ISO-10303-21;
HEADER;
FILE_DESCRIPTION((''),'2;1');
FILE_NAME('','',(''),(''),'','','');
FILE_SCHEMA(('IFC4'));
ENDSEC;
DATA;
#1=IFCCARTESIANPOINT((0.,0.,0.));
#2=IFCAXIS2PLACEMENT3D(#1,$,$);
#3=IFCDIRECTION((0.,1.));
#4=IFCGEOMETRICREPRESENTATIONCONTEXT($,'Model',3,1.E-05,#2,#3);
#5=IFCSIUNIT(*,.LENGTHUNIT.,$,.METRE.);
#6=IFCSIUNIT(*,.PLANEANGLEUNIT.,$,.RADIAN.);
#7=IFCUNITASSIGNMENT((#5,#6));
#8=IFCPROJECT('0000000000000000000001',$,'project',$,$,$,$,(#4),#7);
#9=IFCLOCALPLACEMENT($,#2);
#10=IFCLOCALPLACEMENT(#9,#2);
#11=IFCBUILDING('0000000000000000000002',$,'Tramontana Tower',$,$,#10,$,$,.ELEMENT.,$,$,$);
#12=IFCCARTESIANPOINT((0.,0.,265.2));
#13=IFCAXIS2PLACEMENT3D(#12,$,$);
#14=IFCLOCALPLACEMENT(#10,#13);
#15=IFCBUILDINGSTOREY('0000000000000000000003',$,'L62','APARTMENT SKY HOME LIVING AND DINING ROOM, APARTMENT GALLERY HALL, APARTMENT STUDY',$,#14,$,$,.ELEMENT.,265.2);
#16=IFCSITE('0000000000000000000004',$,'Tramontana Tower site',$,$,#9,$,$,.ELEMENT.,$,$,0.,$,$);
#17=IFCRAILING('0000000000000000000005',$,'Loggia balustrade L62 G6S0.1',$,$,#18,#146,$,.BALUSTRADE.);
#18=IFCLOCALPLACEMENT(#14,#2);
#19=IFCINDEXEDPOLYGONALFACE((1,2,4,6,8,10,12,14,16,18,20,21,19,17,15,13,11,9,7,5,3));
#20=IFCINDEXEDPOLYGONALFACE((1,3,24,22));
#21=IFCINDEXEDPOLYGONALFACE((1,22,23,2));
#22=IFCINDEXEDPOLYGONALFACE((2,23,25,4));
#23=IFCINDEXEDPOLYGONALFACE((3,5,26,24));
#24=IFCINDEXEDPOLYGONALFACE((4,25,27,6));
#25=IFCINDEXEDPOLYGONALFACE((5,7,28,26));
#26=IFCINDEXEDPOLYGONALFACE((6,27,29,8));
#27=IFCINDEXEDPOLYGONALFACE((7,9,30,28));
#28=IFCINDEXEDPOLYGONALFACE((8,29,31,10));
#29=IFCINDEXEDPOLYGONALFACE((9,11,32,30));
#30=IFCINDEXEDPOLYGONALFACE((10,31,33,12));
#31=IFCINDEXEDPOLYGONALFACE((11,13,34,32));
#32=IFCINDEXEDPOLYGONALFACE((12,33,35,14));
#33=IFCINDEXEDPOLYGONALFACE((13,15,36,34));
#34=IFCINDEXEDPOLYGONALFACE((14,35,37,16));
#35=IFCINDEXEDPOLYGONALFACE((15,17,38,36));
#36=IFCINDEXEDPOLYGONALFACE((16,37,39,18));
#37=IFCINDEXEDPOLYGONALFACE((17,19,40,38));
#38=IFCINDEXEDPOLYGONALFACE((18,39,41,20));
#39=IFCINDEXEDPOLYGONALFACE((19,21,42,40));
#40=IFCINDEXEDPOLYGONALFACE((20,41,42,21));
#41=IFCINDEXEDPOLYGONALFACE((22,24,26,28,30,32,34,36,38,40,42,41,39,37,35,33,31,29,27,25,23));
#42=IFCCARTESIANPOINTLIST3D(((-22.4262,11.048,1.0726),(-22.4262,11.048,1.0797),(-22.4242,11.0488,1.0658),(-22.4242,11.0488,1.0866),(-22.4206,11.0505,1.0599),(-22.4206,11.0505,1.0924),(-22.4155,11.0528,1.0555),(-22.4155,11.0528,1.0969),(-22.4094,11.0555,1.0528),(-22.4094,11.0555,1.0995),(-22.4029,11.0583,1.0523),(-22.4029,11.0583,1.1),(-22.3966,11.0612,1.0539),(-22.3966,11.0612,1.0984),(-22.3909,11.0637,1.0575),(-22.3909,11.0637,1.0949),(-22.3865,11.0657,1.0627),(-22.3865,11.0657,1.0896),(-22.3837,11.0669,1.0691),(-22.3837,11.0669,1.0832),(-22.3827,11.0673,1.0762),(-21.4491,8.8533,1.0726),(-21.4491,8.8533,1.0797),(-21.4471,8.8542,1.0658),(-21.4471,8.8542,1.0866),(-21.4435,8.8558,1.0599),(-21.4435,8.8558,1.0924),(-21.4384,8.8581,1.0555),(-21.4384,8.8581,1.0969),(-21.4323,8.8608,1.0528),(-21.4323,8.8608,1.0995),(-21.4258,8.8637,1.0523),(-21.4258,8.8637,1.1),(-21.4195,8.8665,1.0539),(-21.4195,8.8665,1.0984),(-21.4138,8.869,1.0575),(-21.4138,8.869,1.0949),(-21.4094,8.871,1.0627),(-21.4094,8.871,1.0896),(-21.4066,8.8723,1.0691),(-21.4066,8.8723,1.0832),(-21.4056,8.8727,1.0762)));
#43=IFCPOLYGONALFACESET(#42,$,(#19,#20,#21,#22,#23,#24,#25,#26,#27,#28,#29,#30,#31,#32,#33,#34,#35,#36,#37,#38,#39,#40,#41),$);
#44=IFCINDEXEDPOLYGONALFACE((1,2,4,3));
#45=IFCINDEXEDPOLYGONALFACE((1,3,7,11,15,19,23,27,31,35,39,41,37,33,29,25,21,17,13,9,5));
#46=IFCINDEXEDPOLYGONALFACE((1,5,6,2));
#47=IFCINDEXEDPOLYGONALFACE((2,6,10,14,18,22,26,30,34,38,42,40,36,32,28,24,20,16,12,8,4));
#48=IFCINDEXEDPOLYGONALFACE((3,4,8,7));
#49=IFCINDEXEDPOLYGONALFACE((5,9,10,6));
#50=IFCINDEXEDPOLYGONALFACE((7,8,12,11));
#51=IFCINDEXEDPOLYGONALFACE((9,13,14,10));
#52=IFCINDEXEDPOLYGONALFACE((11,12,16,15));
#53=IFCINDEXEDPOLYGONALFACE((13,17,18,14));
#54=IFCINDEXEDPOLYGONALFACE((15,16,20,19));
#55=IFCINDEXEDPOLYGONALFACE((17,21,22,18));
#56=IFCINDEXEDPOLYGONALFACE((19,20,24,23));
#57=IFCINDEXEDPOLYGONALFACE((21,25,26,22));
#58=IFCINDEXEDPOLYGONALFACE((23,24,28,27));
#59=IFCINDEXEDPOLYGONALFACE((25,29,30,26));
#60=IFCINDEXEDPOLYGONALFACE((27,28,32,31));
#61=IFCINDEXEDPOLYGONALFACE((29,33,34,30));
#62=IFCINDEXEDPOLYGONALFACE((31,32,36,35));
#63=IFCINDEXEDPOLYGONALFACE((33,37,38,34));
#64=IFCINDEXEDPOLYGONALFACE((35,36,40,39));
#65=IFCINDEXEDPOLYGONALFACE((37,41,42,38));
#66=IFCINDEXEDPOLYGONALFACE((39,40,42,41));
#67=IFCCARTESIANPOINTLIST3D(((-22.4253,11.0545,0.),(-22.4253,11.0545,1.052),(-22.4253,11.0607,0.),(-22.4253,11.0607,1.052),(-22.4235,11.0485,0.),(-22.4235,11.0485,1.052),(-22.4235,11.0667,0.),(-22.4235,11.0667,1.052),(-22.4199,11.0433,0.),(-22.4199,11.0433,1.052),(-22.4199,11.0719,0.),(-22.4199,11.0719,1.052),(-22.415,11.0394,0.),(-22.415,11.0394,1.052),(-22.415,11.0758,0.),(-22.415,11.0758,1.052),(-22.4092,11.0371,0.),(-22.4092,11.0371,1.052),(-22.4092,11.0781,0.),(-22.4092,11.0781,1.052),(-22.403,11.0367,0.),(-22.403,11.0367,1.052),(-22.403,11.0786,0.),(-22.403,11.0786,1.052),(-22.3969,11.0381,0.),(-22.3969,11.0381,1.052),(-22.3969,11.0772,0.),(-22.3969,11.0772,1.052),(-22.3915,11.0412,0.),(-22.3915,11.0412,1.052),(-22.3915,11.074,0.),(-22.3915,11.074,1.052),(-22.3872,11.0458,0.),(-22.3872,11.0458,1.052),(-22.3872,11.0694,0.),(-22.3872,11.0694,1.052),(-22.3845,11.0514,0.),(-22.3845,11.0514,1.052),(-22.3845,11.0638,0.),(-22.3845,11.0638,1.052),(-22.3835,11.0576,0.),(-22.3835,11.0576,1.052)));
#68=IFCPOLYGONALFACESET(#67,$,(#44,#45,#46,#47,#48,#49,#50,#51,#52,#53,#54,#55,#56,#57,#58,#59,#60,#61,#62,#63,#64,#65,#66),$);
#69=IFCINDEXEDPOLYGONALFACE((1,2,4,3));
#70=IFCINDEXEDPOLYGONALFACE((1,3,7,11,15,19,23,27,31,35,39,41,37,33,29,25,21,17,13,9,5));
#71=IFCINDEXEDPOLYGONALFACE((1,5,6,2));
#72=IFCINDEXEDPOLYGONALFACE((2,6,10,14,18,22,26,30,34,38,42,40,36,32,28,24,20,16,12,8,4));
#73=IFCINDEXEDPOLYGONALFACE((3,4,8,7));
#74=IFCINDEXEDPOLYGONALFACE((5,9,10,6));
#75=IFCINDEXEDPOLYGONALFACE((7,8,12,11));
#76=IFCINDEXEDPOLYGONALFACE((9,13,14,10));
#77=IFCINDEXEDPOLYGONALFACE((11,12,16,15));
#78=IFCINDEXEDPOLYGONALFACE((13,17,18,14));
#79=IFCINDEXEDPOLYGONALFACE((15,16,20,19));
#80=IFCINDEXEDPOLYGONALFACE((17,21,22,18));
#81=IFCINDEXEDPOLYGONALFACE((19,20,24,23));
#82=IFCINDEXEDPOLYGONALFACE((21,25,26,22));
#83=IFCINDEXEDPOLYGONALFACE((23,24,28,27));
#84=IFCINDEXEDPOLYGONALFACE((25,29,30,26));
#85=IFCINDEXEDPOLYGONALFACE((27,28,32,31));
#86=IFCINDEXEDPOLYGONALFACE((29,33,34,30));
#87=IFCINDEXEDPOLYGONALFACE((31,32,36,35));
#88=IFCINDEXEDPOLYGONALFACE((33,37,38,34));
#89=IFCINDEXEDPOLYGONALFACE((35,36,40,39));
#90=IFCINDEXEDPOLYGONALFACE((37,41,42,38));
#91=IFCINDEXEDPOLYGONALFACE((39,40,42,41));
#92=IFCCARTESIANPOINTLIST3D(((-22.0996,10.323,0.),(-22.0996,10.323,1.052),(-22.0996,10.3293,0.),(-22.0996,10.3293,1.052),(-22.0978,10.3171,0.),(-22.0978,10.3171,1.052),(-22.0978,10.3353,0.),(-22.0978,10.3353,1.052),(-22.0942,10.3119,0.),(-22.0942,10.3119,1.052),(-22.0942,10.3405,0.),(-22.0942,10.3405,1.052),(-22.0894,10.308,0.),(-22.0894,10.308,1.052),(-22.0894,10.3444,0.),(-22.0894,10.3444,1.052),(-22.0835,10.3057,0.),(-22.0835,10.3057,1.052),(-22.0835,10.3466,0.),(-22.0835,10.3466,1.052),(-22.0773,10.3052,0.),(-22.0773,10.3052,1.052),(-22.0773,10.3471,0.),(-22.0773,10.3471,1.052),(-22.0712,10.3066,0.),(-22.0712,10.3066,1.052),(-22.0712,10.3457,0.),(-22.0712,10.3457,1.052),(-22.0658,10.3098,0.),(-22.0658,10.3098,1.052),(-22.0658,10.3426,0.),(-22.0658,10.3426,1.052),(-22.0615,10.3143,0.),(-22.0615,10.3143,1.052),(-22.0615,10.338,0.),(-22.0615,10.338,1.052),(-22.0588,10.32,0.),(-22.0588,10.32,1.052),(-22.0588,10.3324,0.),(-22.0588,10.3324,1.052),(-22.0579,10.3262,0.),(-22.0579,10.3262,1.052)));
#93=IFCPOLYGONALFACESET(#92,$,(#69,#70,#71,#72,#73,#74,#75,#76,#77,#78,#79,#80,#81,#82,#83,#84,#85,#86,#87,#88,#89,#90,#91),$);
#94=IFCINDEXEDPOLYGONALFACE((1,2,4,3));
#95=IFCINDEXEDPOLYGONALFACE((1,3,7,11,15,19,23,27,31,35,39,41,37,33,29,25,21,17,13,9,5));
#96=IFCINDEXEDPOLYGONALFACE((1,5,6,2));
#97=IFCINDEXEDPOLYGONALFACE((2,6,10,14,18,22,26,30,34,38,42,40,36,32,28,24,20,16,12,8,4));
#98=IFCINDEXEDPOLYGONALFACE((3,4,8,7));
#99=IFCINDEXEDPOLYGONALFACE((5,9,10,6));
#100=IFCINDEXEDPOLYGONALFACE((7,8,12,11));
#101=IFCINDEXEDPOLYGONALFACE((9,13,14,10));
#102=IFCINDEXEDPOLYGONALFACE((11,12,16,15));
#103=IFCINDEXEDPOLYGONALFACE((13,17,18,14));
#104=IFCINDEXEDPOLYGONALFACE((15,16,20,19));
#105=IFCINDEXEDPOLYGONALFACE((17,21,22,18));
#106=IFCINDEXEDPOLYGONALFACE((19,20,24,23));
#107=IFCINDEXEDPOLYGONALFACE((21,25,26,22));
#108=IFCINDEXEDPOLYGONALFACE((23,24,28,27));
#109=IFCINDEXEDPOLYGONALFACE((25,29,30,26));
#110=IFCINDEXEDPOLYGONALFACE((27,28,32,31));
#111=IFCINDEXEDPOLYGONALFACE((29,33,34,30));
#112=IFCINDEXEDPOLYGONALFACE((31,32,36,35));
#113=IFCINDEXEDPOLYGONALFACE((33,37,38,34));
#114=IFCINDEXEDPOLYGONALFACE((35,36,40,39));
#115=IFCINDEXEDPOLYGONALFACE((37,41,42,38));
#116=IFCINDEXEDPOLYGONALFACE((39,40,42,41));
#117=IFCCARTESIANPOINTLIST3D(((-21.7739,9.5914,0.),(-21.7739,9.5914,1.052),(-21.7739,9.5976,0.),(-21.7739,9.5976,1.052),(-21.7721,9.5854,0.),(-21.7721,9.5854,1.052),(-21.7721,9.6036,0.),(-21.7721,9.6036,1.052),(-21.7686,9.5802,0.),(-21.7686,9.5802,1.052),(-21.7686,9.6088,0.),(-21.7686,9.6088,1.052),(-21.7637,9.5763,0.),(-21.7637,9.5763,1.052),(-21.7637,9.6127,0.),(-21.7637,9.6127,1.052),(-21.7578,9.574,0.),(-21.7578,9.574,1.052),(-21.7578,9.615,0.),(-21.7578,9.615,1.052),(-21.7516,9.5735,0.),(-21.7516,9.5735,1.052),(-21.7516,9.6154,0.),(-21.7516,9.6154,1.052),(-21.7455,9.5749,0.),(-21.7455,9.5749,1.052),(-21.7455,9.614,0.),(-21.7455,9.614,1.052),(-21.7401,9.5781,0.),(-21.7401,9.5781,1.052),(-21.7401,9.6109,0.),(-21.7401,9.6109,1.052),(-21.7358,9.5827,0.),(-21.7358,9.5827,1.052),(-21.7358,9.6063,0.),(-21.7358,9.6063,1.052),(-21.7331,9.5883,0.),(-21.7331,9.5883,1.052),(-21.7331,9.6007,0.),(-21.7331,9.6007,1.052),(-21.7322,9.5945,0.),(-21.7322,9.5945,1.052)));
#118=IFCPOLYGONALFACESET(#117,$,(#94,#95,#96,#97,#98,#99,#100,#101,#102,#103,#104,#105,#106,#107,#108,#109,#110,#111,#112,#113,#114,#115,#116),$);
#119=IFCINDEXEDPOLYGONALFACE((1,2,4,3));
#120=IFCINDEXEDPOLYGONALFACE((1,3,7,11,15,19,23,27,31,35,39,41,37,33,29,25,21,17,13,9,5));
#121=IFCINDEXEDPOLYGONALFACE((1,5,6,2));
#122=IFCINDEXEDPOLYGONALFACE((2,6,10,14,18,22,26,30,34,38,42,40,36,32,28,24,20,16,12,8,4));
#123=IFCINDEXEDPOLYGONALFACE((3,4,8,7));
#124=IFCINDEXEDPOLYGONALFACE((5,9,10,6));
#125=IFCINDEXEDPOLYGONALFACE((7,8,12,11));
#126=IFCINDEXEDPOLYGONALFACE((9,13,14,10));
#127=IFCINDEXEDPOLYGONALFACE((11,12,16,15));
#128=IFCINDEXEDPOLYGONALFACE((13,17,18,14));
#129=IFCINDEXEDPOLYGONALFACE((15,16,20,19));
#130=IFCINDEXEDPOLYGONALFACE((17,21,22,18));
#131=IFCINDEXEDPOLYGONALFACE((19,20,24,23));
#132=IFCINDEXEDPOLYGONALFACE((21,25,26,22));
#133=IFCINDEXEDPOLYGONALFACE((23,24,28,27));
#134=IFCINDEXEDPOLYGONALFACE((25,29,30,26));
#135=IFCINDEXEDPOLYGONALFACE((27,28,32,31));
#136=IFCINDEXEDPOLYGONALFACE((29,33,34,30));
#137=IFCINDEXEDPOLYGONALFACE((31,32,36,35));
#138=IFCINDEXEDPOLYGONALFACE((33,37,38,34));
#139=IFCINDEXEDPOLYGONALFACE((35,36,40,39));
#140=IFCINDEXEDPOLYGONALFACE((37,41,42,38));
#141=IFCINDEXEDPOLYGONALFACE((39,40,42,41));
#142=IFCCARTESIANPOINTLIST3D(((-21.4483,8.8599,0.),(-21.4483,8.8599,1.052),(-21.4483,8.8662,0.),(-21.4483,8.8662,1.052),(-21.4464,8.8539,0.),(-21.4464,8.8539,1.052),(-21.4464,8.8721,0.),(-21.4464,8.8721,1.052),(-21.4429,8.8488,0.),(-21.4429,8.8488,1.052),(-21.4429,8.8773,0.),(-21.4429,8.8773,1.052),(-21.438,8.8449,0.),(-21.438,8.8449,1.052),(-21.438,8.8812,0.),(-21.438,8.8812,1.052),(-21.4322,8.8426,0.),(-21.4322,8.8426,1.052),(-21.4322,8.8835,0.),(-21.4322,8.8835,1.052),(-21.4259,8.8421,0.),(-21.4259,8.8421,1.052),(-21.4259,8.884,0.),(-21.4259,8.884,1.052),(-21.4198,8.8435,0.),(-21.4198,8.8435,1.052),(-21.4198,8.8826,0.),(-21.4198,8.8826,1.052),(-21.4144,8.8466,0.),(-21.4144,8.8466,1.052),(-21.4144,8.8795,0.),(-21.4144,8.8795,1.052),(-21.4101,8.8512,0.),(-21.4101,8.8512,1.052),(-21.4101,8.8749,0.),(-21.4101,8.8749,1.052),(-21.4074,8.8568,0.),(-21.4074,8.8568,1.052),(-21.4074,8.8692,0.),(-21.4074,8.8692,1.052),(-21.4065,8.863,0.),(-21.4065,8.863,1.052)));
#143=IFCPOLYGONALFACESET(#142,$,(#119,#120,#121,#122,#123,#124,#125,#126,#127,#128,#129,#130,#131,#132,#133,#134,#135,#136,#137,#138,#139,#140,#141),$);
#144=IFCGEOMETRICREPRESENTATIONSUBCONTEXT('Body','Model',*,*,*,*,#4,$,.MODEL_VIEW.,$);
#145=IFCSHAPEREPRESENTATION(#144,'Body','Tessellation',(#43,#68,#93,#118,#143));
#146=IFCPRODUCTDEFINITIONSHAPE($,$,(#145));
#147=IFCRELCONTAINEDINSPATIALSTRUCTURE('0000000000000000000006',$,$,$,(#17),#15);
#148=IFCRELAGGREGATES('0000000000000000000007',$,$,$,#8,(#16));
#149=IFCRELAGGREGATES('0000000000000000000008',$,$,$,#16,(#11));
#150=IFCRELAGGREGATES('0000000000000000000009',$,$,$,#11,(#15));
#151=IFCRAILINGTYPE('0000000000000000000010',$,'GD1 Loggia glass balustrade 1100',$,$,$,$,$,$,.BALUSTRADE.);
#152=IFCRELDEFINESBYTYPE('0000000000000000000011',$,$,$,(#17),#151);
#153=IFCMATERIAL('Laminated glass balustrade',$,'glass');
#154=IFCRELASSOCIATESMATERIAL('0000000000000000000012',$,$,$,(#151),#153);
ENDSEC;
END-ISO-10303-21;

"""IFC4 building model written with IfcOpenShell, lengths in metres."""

from ifc_helpers import new_model, si_unit, direction, frame, origin, origin_2d, place, context, subcontext, project, spatial, circle, extrude, material, type_object, element, save


model = new_model("IFC4")

# Units and contexts
model_context = context("Model", 3, precision=1e-05, world=origin(), true_north=direction((0.0, 1.0)))
body_context = subcontext(model_context, "Body", "Model", "MODEL_VIEW")
ifc_project = project(units=[si_unit("LENGTHUNIT", "METRE"), si_unit("PLANEANGLEUNIT", "RADIAN")], contexts=[model_context])

# Site, building, storey
site_placement = place(None, origin())
site = spatial("IfcSite", under=ifc_project, at=site_placement, Name="Tramontana Tower site", CompositionType="ELEMENT", RefElevation=0.0)
building_placement = place(site_placement, origin())
building = spatial("IfcBuilding", under=site, at=building_placement, Name="Tramontana Tower", CompositionType="ELEMENT")
storey_placement = place(building_placement, frame((0.0, 0.0, 265.2)))
storey = spatial("IfcBuildingStorey", under=building, at=storey_placement, Name="L62", Description="APARTMENT SKY HOME LIVING AND DINING ROOM, APARTMENT GALLERY HALL, APARTMENT STUDY", CompositionType="ELEMENT", Elevation=265.2)

# Railing
ifc_material_1 = material(Name="Laminated glass balustrade", Category="glass")
railing_type = type_object("IfcRailingType", Name="GD1 Loggia glass balustrade 1100", PredefinedType="BALUSTRADE", material=ifc_material_1)
railing_placement = place(storey_placement, frame((-22.4045, 11.0576, 0.0)))
element("IfcRailing", 1, at=railing_placement, inside=storey, type_object=railing_type, Name="Loggia balustrade L62 G6S0.1", PredefinedType="BALUSTRADE", context=body_context, shape_type="SweptSolid", body=[
    extrude(circle(Radius=0.0239, at=origin_2d()), frame((0.0, 0.0, 1.0762), z_axis=(0.406723, -0.913552, 0.0), x_axis=(0.913552, 0.406723, 0.0)), (0.0, 0.0, 1.0), 2.4023),
    extrude(circle(Radius=0.021, at=origin_2d()), origin(), (0.0, 0.0, 1.0), 1.052),
    extrude(circle(Radius=0.021, at=origin_2d()), frame((0.3257, -0.7314, 0.0)), (0.0, 0.0, 1.0), 1.052),
    extrude(circle(Radius=0.021, at=origin_2d()), frame((0.6514, -1.4631, 0.0)), (0.0, 0.0, 1.0), 1.052),
    extrude(circle(Radius=0.021, at=origin_2d()), frame((0.9771, -2.1946, 0.0)), (0.0, 0.0, 1.0), 1.052),
])

save(model, "model.ifc")
